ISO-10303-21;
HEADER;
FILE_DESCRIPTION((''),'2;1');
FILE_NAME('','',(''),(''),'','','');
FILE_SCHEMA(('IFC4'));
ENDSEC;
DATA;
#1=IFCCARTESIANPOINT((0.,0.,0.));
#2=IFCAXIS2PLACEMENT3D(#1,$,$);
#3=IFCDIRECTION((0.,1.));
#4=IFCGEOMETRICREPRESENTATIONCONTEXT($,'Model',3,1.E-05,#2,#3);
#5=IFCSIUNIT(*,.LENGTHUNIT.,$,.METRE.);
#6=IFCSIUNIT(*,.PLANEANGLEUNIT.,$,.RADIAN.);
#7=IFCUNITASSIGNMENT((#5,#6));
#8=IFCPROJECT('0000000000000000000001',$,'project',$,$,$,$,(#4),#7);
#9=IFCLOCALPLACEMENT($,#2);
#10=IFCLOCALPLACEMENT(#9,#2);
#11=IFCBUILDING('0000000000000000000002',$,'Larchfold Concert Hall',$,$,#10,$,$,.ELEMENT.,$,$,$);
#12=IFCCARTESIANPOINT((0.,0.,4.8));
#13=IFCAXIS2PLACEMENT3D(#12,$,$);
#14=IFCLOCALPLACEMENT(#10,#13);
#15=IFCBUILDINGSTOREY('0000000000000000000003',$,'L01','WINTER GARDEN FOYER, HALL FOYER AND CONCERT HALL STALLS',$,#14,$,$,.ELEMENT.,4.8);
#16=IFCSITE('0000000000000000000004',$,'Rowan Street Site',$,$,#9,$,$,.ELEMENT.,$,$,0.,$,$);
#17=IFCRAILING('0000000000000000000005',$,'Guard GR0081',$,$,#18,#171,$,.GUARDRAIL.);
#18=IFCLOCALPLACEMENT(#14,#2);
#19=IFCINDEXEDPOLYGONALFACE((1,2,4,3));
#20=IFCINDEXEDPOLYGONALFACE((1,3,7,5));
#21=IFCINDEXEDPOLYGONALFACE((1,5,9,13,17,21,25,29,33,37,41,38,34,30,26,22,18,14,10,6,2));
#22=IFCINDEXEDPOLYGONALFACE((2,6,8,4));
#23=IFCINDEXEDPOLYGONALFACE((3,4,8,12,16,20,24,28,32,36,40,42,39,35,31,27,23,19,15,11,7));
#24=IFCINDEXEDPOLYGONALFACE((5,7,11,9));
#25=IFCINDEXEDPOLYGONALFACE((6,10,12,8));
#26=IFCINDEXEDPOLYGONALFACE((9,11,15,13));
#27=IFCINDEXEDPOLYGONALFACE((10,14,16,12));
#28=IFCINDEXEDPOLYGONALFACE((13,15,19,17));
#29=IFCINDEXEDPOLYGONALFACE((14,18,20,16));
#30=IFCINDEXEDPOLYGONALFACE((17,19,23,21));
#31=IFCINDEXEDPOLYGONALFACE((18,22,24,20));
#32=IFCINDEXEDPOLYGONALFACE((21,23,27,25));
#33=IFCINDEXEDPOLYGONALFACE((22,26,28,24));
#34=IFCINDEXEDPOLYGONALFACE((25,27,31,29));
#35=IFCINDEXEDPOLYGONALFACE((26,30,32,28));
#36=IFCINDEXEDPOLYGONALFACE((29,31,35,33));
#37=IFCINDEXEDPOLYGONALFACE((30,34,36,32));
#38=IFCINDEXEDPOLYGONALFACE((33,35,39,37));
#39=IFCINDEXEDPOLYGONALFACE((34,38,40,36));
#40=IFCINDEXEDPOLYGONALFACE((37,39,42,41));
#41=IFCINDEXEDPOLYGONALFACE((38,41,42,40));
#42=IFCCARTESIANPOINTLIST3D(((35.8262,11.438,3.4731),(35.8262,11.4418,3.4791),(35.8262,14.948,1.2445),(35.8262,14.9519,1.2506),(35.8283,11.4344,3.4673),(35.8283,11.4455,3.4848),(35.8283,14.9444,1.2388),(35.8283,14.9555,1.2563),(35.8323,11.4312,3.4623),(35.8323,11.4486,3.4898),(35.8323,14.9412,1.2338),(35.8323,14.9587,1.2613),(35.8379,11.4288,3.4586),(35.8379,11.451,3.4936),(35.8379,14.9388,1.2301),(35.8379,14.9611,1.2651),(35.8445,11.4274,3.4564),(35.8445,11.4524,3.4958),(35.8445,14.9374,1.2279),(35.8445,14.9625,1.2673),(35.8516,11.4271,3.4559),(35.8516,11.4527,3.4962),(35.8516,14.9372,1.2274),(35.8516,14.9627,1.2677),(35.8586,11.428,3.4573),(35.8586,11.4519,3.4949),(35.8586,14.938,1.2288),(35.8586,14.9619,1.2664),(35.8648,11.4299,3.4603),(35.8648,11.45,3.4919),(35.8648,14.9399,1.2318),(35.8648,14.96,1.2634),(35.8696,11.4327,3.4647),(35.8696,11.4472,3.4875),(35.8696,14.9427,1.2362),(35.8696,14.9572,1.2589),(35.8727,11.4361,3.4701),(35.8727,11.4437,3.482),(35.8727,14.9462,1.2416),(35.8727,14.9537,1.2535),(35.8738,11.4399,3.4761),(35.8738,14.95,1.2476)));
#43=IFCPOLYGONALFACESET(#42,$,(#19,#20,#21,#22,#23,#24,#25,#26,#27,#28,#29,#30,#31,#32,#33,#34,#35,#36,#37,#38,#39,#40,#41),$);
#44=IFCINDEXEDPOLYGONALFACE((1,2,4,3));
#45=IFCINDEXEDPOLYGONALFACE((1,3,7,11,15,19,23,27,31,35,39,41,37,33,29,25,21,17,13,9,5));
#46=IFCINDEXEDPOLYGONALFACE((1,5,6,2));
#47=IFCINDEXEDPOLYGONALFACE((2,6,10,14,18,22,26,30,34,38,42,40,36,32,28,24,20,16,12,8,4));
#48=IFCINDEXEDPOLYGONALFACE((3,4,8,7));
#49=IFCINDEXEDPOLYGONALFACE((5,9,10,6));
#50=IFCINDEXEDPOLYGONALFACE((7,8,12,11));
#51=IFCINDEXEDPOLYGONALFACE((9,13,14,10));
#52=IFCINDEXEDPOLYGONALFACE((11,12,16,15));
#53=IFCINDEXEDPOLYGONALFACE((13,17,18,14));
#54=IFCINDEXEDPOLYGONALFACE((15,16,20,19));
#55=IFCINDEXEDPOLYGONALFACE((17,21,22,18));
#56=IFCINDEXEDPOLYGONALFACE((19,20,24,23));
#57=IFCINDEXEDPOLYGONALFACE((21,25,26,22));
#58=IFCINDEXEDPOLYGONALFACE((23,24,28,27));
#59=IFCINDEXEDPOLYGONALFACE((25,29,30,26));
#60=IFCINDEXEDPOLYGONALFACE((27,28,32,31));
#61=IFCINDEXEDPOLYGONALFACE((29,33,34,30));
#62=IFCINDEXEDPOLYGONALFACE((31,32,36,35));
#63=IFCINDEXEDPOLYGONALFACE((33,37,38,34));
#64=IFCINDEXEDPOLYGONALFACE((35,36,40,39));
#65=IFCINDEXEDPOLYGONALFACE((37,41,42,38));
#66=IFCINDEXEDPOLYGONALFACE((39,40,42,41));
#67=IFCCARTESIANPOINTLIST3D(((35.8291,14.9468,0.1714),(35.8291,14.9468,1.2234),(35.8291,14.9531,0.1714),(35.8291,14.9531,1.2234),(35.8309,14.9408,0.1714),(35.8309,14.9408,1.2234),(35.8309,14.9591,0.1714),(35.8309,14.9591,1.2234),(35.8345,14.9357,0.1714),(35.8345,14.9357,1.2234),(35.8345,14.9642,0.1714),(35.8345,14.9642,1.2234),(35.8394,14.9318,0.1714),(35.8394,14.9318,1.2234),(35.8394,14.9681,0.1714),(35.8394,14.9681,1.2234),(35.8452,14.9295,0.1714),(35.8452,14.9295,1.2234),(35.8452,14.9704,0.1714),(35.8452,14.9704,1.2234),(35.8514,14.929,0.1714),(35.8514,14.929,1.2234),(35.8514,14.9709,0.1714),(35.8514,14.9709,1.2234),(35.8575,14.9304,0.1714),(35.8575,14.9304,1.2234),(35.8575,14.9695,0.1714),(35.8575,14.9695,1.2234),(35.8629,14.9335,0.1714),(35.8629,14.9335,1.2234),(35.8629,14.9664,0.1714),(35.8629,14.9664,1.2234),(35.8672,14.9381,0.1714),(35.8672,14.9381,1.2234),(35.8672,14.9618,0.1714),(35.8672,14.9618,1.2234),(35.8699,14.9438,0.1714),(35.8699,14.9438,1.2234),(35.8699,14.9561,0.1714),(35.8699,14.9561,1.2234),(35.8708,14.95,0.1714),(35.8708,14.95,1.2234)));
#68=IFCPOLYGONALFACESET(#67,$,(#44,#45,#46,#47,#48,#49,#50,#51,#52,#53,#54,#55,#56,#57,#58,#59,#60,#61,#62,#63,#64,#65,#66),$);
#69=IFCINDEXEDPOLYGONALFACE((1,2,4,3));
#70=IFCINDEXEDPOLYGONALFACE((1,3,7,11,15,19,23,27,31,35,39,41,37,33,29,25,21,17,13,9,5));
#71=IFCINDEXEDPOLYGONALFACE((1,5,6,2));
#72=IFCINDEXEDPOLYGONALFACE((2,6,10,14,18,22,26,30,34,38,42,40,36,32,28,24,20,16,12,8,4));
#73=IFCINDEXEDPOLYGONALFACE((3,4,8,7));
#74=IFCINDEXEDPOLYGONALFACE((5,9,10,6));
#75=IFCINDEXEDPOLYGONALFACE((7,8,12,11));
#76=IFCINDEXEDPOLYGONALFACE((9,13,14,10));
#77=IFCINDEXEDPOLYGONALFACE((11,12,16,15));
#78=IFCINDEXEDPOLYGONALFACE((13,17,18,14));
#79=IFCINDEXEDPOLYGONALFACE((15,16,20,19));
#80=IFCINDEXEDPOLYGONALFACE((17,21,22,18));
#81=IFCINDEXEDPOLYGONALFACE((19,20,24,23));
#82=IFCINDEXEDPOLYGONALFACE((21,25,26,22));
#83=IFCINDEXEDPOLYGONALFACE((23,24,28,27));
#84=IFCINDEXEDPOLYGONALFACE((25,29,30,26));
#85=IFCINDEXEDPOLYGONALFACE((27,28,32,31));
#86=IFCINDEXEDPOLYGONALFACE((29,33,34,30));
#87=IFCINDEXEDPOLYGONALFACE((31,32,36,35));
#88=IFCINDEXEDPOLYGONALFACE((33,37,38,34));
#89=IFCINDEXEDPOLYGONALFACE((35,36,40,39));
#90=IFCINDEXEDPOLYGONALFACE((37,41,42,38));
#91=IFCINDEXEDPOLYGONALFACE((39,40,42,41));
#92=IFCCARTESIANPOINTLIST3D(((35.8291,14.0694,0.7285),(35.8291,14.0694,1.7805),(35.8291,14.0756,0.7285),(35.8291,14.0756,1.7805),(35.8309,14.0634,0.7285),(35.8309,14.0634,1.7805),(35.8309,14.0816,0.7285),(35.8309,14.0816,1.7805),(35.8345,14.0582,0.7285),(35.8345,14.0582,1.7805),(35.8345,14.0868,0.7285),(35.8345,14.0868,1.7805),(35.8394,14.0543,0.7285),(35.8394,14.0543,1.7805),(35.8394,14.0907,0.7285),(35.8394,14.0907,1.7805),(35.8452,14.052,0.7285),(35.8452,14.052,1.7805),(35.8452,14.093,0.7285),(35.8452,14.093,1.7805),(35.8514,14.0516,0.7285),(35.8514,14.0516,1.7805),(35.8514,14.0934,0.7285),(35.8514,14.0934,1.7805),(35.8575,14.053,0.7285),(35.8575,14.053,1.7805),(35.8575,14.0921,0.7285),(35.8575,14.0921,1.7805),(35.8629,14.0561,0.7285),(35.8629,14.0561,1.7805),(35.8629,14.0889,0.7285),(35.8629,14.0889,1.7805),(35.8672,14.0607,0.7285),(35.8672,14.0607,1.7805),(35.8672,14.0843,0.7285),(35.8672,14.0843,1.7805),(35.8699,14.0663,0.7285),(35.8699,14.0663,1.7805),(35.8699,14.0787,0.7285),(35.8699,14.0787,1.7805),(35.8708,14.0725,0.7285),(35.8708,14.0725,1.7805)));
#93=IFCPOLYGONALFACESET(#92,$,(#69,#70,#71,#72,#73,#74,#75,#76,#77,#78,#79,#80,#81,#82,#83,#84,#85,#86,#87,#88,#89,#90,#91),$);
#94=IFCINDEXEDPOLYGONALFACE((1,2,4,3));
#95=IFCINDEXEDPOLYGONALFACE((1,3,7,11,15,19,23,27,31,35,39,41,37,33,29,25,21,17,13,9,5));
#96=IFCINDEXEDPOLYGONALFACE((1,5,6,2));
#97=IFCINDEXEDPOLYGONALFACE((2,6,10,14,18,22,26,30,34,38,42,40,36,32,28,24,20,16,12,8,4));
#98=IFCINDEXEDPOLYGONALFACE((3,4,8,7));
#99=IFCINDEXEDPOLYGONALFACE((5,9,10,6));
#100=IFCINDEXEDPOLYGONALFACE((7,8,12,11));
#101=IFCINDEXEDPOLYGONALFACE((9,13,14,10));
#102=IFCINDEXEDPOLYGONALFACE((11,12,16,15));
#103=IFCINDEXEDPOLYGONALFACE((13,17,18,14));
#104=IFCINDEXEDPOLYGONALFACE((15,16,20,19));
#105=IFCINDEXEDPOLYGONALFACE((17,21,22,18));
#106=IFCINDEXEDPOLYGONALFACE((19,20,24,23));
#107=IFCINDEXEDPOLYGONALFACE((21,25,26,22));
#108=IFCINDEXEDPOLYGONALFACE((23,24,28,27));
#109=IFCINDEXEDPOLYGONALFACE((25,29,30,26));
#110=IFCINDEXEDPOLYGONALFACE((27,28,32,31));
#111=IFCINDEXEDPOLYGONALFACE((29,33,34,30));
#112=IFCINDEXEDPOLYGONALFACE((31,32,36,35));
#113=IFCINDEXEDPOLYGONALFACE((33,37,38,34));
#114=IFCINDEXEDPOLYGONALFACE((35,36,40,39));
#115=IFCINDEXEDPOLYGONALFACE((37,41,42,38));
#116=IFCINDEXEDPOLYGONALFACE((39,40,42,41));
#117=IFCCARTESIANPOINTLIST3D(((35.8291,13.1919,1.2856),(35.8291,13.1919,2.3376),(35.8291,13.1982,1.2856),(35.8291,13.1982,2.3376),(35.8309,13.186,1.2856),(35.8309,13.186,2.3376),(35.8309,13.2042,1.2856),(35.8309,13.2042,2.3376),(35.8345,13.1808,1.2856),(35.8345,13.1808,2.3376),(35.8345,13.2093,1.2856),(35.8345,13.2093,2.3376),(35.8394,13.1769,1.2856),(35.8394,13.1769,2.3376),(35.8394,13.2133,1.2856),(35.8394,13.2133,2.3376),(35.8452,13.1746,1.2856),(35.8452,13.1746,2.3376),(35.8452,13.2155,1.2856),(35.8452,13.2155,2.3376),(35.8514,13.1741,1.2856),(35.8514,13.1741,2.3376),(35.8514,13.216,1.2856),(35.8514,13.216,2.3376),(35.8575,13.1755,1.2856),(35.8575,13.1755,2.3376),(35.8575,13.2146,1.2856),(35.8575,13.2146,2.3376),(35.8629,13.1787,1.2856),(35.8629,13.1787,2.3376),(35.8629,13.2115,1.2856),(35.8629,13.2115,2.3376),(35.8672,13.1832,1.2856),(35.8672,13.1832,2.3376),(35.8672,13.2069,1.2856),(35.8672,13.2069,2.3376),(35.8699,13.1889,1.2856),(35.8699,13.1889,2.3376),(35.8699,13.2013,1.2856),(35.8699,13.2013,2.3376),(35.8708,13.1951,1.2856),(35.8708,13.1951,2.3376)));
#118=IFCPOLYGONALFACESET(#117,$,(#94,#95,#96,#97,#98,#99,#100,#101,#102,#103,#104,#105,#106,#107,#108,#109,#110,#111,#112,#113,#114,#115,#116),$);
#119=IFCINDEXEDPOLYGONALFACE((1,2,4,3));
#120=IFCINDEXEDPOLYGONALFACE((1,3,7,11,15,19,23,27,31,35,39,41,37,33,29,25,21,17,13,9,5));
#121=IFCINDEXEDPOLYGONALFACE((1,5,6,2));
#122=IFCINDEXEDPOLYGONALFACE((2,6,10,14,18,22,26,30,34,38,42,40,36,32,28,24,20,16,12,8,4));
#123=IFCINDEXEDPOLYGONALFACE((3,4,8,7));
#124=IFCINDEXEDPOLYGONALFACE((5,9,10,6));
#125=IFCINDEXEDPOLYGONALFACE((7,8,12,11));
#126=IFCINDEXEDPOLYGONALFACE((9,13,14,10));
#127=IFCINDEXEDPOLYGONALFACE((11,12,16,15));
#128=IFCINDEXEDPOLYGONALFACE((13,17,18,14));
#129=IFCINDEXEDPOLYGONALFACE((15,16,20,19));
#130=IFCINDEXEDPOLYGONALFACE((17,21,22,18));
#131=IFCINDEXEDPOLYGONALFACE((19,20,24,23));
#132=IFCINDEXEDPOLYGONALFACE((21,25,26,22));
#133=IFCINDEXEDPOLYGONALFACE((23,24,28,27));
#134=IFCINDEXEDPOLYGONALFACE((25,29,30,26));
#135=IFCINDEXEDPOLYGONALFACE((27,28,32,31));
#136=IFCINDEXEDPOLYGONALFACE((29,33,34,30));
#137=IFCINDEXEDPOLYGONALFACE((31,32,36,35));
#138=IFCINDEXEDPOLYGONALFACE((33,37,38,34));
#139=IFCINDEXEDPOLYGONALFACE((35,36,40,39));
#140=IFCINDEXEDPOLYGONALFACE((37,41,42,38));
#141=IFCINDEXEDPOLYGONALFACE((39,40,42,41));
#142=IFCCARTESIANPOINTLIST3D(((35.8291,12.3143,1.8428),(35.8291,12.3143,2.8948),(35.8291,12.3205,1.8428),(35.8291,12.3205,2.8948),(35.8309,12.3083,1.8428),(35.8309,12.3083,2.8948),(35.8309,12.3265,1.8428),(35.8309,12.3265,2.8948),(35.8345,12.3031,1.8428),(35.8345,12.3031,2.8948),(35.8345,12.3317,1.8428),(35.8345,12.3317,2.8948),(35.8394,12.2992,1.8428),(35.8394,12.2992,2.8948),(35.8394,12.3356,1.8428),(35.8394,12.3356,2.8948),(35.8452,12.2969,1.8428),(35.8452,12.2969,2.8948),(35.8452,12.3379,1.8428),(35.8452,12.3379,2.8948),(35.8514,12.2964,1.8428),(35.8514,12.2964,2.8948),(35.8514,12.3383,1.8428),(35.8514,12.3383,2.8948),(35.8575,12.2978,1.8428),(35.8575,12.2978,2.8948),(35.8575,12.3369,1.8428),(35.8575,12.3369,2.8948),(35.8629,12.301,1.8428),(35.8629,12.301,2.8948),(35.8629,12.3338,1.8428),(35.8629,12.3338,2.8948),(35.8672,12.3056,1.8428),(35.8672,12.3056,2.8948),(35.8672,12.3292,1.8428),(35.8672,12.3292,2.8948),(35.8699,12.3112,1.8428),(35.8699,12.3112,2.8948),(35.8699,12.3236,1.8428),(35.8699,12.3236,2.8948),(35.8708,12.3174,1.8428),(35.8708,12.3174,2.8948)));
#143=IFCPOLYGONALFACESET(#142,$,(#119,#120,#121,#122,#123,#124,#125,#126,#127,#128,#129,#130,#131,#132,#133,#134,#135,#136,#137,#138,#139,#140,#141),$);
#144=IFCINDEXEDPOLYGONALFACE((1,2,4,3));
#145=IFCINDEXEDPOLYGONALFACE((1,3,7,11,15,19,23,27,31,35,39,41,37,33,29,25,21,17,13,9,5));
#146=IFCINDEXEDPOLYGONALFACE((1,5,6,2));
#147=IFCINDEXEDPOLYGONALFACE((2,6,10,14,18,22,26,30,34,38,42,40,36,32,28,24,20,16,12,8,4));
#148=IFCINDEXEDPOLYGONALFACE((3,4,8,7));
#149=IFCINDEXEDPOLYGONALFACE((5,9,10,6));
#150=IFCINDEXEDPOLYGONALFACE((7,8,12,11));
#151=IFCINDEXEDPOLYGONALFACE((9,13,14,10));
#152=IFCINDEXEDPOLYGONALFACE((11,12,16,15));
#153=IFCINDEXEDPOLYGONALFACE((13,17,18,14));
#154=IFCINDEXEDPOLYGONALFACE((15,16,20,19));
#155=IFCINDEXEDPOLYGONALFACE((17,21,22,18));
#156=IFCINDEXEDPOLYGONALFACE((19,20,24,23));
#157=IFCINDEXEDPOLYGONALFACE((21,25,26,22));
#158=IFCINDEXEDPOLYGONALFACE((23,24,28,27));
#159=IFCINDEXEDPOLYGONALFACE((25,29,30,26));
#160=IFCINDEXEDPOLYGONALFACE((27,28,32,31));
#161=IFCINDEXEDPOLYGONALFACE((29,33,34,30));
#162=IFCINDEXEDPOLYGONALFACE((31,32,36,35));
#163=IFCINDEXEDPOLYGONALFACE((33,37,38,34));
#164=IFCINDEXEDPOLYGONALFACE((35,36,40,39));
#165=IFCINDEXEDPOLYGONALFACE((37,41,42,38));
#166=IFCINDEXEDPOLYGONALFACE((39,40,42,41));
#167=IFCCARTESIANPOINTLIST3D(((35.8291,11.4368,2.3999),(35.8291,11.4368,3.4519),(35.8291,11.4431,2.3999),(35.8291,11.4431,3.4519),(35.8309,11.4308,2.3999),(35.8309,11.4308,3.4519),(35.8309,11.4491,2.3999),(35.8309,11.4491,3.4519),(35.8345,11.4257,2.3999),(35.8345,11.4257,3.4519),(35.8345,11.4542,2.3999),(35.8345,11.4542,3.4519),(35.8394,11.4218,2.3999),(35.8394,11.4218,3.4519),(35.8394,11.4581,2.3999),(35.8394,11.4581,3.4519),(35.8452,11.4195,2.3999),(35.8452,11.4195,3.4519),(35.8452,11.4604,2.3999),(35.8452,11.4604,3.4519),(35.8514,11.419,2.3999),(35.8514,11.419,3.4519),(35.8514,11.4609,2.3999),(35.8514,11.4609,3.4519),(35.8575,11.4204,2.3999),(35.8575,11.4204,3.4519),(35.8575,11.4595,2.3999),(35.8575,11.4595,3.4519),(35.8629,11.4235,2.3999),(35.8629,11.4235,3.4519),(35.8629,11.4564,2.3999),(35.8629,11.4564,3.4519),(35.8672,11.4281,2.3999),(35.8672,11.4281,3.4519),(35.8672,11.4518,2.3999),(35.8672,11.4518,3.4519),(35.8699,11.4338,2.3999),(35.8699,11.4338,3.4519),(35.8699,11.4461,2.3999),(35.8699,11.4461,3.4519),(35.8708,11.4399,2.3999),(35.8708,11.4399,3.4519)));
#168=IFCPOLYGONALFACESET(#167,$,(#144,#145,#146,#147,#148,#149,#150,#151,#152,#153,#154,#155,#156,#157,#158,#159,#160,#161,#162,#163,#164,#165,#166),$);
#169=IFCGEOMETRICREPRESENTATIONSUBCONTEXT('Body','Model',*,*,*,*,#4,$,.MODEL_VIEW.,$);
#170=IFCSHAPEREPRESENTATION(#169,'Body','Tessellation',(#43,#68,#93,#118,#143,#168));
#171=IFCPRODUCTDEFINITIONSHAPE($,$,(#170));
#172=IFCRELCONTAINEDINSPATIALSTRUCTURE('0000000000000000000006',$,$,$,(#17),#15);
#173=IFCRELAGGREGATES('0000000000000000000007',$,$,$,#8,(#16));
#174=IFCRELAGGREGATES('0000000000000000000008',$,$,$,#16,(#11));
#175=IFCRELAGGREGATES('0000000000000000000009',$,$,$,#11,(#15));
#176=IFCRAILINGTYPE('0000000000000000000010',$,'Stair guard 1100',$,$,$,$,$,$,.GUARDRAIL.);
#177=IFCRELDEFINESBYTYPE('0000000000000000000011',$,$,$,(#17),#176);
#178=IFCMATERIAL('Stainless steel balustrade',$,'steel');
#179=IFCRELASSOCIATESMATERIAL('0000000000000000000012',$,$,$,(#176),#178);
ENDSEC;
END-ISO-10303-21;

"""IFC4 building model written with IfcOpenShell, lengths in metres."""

from ifc_helpers import new_model, si_unit, direction, frame, origin, origin_2d, place, context, subcontext, project, spatial, circle, extrude, material, type_object, element, save


model = new_model("IFC4")

# Units and contexts
model_context = context("Model", 3, precision=1e-05, world=origin(), true_north=direction((0.0, 1.0)))
body_context = subcontext(model_context, "Body", "Model", "MODEL_VIEW")
ifc_project = project(units=[si_unit("LENGTHUNIT", "METRE"), si_unit("PLANEANGLEUNIT", "RADIAN")], contexts=[model_context])

# Site, building, storey
site_placement = place(None, origin())
site = spatial("IfcSite", under=ifc_project, at=site_placement, Name="Rowan Street Site", CompositionType="ELEMENT", RefElevation=0.0)
building_placement = place(site_placement, origin())
building = spatial("IfcBuilding", under=site, at=building_placement, Name="Larchfold Concert Hall", CompositionType="ELEMENT")
storey_placement = place(building_placement, frame((0.0, 0.0, 4.8)))
storey = spatial("IfcBuildingStorey", under=building, at=storey_placement, Name="L01", Description="WINTER GARDEN FOYER, HALL FOYER AND CONCERT HALL STALLS", CompositionType="ELEMENT", Elevation=4.8)

# Railing
ifc_material_1 = material(Name="Stainless steel balustrade", Category="steel")
railing_type_1 = type_object("IfcRailingType", Name="Stair guard 1100", PredefinedType="GUARDRAIL", material=ifc_material_1)
railing_1_placement = place(storey_placement, frame((35.8499, 14.95, 0.1714)))
element("IfcRailing", 1, at=railing_1_placement, inside=storey, type_object=railing_type_1, Name="Guard GR0081", PredefinedType="GUARDRAIL", context=body_context, shape_type="SweptSolid", body=[
    extrude(circle(Radius=0.0239, at=origin_2d()), frame((0.0, 0.0, 1.0762), z_axis=(0.0, -0.84422, 0.535998), x_axis=(1.0, 0.0, 0.0)), (0.0, 0.0, 1.0), 4.1577),
    extrude(circle(Radius=0.021, at=origin_2d()), origin(), (0.0, 0.0, 1.0), 1.052),
    extrude(circle(Radius=0.021, at=origin_2d()), frame((0.0, -0.8774, 0.5571)), (0.0, 0.0, 1.0), 1.052),
    extrude(circle(Radius=0.021, at=origin_2d()), frame((0.0, -1.7549, 1.1143)), (0.0, 0.0, 1.0), 1.052),
    extrude(circle(Radius=0.021, at=origin_2d()), frame((0.0, -2.6326, 1.6714)), (0.0, 0.0, 1.0), 1.052),
    extrude(circle(Radius=0.021, at=origin_2d()), frame((0.0, -3.51, 2.2285)), (0.0, 0.0, 1.0), 1.052),
])

save(model, "model.ifc")
